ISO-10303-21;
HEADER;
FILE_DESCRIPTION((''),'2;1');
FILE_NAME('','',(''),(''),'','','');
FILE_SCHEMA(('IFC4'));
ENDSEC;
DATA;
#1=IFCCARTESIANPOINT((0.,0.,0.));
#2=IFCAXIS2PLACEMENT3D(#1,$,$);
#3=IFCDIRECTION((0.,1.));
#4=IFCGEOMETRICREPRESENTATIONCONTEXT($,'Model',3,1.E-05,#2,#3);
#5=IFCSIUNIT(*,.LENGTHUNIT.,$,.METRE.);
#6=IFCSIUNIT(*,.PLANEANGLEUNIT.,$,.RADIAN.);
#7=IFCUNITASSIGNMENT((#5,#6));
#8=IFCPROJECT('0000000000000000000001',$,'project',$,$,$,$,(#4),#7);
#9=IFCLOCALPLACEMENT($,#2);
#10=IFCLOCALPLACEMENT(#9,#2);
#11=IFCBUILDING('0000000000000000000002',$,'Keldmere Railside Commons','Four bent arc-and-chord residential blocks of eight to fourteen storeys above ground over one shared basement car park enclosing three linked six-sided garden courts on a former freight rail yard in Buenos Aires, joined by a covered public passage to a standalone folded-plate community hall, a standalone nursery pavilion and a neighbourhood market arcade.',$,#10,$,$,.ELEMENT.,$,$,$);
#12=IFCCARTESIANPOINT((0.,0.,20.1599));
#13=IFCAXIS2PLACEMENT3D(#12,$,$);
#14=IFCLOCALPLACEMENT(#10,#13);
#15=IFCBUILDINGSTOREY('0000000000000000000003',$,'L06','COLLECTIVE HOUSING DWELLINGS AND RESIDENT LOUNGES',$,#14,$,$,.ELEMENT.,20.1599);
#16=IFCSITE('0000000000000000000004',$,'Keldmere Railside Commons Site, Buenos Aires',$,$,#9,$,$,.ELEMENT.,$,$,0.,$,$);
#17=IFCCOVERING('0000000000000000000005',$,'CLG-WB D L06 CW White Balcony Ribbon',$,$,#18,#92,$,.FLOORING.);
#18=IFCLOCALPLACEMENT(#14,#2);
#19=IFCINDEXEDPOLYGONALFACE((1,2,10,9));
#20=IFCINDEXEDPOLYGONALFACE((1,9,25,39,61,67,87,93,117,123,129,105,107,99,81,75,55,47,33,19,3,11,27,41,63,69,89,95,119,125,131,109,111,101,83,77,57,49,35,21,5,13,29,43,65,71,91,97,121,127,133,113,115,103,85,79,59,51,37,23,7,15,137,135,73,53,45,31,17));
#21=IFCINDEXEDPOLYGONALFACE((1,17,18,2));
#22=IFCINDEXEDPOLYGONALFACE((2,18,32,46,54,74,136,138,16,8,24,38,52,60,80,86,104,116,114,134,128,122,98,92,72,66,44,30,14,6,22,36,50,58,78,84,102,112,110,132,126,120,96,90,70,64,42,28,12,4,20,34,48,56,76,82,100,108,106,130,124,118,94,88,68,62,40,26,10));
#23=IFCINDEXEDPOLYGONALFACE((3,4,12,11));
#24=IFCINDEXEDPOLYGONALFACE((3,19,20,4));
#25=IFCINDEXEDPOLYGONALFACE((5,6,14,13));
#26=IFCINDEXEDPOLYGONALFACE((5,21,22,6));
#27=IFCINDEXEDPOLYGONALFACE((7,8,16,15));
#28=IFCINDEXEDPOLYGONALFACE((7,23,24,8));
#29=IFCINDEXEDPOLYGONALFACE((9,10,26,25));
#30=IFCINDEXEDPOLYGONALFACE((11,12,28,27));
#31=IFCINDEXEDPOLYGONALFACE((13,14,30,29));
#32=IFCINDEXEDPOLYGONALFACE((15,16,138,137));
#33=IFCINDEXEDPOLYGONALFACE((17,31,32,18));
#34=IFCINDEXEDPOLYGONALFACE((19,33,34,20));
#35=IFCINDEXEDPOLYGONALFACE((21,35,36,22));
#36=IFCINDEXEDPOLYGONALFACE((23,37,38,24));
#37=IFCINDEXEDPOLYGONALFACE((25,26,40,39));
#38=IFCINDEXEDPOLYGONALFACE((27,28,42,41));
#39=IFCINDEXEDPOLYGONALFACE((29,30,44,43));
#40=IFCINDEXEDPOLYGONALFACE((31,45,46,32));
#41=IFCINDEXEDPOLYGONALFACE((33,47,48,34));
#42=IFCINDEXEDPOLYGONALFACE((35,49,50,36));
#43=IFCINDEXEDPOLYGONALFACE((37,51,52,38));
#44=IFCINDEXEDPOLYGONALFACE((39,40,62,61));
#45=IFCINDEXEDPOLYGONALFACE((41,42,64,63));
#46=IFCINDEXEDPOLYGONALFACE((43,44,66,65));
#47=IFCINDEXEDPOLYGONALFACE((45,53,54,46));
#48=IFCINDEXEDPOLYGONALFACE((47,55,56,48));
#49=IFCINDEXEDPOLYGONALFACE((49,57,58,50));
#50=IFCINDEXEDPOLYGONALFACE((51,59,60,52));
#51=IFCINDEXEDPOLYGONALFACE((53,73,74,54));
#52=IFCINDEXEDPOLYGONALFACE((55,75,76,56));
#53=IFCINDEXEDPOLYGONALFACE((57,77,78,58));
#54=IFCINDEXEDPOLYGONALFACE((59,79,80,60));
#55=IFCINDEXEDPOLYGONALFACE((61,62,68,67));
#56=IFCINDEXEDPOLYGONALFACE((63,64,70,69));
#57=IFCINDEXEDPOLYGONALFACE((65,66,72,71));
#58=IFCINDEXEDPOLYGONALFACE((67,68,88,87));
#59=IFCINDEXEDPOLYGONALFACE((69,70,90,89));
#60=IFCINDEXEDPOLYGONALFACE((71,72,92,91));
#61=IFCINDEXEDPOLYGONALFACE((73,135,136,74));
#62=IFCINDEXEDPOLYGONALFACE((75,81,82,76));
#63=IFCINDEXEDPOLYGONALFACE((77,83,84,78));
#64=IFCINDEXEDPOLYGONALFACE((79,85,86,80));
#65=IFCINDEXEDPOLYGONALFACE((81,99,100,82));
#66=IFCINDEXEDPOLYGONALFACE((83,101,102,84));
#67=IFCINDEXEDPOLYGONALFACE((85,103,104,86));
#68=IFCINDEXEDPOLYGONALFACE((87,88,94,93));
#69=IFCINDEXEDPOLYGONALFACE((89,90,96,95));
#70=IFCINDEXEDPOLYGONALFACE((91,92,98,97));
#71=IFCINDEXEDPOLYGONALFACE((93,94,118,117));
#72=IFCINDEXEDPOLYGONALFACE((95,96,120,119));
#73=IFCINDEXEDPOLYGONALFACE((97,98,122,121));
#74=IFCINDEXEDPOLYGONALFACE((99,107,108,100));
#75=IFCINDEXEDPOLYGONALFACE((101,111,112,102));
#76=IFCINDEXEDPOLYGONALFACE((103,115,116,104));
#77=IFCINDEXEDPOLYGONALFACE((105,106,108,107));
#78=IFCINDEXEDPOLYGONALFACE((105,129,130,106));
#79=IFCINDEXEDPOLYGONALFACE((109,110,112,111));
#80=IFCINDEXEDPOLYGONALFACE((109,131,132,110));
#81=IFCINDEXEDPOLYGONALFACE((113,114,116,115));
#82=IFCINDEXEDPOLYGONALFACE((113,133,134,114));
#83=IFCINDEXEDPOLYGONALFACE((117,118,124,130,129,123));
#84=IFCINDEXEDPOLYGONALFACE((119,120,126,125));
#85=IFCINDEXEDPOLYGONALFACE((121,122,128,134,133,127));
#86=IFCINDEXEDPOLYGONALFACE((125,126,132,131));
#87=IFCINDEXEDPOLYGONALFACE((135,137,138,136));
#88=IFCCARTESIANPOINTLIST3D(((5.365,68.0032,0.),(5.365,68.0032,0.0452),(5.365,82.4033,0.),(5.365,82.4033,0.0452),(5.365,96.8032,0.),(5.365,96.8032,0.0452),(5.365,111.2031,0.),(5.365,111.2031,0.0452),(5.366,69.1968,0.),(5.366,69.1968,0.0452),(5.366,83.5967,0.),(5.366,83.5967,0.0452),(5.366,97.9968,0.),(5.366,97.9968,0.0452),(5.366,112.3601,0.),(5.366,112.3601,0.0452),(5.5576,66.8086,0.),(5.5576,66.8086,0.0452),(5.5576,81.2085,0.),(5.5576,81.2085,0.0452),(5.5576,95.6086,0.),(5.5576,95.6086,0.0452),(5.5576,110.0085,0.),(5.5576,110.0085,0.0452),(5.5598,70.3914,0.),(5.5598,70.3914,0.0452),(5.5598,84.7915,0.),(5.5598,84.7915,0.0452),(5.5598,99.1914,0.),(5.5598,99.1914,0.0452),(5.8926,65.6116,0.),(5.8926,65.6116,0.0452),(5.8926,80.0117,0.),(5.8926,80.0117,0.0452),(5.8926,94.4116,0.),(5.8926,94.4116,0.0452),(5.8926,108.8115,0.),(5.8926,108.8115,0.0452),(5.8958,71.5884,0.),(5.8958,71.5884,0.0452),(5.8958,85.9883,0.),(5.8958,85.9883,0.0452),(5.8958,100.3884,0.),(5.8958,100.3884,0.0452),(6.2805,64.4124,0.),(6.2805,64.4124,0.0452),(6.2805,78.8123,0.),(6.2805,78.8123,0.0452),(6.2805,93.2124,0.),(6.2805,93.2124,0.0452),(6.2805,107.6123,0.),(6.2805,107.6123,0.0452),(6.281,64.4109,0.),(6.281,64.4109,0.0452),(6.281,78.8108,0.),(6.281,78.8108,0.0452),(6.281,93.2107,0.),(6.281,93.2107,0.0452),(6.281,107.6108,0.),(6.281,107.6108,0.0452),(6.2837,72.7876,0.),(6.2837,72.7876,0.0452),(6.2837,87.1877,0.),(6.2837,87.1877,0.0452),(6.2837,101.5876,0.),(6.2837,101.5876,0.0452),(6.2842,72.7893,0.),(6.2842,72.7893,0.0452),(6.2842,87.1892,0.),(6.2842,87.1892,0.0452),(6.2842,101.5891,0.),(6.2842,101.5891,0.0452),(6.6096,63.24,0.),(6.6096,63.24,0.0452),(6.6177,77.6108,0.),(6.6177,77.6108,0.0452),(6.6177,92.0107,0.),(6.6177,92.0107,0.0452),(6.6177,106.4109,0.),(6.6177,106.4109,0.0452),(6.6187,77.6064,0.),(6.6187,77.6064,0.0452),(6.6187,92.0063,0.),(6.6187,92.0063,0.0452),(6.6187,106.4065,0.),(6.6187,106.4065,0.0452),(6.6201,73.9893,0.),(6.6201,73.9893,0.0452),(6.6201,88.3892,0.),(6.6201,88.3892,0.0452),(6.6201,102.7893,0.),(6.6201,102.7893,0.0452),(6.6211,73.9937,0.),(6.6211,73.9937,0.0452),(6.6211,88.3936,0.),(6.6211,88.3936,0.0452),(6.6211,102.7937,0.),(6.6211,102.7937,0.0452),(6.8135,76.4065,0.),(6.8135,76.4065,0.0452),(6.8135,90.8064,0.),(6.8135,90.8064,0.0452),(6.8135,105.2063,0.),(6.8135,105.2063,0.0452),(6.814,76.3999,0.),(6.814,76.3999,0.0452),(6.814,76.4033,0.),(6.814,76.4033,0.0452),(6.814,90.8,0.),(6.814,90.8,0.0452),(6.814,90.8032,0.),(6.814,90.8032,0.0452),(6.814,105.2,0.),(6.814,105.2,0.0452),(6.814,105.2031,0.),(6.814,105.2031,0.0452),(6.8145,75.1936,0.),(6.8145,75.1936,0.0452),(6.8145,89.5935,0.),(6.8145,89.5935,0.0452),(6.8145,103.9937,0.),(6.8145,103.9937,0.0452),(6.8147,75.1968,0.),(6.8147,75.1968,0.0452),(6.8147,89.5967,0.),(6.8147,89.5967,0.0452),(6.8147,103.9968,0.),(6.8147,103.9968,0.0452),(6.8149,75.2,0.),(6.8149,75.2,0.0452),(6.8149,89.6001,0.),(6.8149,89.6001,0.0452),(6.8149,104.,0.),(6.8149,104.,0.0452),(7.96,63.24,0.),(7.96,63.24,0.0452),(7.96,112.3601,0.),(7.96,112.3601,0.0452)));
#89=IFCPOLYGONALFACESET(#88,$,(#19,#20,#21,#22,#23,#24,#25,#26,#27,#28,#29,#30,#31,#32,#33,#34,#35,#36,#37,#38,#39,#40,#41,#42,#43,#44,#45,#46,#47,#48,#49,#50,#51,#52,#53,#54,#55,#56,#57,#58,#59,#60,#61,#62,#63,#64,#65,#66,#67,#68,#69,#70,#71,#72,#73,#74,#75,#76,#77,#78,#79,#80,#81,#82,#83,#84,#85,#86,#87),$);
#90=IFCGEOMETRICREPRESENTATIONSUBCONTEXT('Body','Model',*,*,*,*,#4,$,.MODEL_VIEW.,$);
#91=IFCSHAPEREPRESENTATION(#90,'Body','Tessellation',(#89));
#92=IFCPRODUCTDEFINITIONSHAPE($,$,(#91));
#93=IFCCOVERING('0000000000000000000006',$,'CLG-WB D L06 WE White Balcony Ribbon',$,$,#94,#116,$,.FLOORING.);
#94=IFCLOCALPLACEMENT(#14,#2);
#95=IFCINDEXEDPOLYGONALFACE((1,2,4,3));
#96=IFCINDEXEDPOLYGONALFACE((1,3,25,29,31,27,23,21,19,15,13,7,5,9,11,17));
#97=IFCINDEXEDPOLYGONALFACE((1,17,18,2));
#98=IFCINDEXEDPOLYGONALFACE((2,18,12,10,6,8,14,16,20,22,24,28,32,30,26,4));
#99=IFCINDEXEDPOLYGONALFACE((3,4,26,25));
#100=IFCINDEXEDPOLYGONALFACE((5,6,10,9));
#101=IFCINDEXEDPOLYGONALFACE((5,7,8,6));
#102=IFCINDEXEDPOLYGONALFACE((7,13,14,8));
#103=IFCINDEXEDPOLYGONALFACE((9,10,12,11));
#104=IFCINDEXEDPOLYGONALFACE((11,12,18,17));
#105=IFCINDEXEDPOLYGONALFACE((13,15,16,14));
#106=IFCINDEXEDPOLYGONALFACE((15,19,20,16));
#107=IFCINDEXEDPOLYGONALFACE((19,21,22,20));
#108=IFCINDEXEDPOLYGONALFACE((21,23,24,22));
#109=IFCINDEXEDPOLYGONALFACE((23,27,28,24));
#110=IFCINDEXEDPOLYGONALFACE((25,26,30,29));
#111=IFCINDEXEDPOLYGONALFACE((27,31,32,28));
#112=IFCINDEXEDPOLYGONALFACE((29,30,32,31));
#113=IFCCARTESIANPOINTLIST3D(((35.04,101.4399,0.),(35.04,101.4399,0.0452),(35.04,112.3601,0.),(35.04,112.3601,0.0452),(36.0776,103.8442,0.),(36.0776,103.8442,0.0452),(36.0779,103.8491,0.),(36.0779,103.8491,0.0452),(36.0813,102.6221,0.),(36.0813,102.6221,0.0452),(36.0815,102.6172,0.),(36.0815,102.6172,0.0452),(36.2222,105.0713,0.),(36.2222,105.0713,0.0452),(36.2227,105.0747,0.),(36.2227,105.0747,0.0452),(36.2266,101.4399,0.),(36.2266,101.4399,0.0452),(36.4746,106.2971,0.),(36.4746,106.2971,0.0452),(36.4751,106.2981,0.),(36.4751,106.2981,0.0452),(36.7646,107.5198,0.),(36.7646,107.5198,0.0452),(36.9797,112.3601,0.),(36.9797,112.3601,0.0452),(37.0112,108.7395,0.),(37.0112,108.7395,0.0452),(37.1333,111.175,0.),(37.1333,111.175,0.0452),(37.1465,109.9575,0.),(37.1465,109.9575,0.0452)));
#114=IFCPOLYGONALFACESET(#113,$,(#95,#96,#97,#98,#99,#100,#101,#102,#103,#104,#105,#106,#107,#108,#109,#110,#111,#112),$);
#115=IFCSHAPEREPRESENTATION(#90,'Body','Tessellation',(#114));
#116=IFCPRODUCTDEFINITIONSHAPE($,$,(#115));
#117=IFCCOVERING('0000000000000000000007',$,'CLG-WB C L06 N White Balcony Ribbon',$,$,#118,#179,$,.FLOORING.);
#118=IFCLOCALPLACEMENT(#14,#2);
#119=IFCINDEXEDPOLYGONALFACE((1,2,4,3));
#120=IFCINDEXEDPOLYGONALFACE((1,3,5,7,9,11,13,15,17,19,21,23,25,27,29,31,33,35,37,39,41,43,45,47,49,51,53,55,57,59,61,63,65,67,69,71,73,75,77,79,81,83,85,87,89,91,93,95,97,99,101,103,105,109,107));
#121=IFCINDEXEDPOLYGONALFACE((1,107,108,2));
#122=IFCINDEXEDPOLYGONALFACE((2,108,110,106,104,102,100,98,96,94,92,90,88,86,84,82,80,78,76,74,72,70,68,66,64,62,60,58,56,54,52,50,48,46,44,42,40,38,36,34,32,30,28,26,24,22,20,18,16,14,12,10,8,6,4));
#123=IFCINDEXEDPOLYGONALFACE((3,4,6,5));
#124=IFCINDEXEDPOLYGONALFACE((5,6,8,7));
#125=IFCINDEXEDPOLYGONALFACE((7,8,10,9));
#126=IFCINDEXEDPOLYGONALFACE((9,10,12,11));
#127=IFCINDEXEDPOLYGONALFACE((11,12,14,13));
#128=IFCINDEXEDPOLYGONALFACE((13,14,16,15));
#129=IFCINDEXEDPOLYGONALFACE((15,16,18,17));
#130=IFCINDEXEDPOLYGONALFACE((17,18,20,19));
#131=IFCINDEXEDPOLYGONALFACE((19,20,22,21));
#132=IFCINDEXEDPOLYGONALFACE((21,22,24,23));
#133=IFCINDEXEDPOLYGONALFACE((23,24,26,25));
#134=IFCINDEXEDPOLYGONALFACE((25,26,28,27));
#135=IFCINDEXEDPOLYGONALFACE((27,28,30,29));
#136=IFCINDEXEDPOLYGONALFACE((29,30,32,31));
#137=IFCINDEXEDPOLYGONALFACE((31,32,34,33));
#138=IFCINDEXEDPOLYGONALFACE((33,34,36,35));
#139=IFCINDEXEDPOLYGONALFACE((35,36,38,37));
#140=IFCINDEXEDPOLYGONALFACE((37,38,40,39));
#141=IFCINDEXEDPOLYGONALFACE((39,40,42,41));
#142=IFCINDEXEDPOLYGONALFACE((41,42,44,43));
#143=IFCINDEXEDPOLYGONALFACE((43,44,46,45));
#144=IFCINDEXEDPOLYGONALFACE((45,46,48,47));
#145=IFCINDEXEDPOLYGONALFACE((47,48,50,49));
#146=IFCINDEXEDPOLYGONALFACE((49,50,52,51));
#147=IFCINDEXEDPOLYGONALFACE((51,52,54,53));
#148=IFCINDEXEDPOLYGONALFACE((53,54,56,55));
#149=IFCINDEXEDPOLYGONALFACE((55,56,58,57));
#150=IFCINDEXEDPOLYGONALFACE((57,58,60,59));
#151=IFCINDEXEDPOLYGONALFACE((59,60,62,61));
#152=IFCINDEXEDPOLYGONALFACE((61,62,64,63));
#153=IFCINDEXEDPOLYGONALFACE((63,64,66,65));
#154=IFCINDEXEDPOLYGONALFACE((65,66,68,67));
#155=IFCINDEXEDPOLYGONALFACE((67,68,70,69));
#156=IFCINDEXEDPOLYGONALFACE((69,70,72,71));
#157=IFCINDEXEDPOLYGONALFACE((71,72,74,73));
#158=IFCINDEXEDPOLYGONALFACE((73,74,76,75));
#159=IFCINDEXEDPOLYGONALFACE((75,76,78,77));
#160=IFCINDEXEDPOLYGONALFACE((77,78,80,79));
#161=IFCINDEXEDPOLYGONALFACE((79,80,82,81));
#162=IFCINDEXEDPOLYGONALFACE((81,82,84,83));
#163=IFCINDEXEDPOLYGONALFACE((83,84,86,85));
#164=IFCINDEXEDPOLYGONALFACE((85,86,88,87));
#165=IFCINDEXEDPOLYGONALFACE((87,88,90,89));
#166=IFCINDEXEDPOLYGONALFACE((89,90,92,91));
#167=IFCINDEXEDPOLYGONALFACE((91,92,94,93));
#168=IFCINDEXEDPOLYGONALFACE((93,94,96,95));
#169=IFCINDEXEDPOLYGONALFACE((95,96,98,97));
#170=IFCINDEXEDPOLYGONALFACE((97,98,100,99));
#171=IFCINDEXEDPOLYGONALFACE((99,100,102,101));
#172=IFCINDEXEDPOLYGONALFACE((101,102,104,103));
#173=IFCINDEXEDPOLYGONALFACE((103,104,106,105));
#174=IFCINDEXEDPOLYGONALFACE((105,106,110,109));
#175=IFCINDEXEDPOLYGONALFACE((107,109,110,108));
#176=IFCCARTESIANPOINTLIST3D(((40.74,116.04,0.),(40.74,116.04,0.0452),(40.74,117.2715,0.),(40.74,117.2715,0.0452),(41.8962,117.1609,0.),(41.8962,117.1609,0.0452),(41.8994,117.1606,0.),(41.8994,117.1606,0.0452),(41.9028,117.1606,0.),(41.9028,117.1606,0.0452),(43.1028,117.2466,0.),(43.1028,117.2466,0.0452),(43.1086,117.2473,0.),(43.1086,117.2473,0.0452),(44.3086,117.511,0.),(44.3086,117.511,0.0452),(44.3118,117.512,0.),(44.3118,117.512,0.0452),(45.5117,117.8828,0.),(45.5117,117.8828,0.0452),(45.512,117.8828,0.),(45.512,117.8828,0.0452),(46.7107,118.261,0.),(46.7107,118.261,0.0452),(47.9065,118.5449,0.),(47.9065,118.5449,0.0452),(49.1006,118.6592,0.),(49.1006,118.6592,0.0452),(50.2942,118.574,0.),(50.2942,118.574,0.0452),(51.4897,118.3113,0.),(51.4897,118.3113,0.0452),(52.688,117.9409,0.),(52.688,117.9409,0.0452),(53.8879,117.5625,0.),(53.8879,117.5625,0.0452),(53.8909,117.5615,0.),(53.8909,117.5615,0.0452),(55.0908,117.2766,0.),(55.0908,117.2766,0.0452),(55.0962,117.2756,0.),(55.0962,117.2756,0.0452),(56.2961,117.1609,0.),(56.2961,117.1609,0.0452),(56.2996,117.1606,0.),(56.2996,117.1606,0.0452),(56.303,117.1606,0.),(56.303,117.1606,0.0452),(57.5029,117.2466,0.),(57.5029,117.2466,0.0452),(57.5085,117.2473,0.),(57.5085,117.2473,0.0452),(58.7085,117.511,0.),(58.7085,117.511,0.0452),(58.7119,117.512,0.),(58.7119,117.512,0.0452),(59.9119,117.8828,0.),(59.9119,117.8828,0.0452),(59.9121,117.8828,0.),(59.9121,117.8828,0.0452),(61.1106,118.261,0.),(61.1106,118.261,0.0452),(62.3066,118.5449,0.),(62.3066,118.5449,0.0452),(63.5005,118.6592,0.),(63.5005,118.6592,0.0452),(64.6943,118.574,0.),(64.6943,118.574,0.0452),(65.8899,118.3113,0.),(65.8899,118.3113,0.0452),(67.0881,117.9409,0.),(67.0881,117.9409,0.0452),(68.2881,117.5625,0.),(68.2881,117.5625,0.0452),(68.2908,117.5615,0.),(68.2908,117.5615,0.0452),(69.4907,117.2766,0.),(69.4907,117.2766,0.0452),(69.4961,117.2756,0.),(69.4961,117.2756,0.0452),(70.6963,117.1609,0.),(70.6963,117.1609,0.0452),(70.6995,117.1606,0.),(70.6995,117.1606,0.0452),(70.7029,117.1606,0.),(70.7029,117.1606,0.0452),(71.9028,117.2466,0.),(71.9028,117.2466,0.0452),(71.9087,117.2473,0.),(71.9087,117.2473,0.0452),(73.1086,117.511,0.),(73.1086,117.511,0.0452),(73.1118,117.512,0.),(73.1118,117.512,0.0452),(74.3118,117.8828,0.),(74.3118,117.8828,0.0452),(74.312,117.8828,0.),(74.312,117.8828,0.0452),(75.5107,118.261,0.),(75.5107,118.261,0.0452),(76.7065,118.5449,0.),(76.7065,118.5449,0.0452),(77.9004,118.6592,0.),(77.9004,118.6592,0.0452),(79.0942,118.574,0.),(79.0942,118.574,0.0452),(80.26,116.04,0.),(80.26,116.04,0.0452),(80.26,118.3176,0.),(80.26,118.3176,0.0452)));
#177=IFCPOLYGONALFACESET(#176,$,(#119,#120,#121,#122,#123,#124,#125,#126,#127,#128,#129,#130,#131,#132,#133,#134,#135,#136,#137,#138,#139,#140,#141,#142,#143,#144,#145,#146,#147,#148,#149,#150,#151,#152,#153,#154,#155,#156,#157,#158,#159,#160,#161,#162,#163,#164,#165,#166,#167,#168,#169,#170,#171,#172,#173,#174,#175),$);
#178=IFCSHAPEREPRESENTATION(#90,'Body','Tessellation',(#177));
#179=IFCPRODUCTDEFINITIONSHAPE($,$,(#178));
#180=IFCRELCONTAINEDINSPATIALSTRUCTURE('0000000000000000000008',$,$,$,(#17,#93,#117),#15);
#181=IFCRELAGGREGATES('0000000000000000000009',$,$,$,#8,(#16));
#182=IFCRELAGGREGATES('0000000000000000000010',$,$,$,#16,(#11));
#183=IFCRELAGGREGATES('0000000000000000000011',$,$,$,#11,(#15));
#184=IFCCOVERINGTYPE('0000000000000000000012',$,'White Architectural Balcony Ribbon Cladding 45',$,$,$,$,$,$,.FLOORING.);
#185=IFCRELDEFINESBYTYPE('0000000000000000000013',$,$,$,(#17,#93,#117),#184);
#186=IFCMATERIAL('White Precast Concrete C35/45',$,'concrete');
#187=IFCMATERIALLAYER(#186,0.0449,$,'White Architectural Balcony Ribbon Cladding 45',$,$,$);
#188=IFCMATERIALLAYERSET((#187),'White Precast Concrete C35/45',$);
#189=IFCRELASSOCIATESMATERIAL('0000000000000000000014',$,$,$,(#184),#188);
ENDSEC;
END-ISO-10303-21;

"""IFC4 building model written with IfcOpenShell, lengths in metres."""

from ifc_helpers import new_model, si_unit, direction, frame, origin, place, context, subcontext, project, spatial, polyline, outline, extrude, material, layer, layer_set, type_object, element, save


model = new_model("IFC4")

# Units and contexts
model_context = context("Model", 3, precision=1e-05, world=origin(), true_north=direction((0.0, 1.0)))
body_context = subcontext(model_context, "Body", "Model", "MODEL_VIEW")
ifc_project = project(units=[si_unit("LENGTHUNIT", "METRE"), si_unit("PLANEANGLEUNIT", "RADIAN")], contexts=[model_context])

# Site, building, storey
site_placement = place(None, origin())
site = spatial("IfcSite", under=ifc_project, at=site_placement, Name="Keldmere Railside Commons Site, Buenos Aires", CompositionType="ELEMENT", RefElevation=0.0)
building_placement = place(site_placement, origin())
building = spatial("IfcBuilding", under=site, at=building_placement, Name="Keldmere Railside Commons", Description="Four bent arc-and-chord residential blocks of eight to fourteen storeys above ground over one shared basement car park enclosing three linked six-sided garden courts on a former freight rail yard in Buenos Aires, joined by a covered public passage to a standalone folded-plate community hall, a standalone nursery pavilion and a neighbourhood market arcade.", CompositionType="ELEMENT")
storey_placement = place(building_placement, frame((0.0, 0.0, 20.1599)))
storey = spatial("IfcBuildingStorey", under=building, at=storey_placement, Name="L06", Description="COLLECTIVE HOUSING DWELLINGS AND RESIDENT LOUNGES", CompositionType="ELEMENT", Elevation=20.1599)

# Coverings
ifc_material_1 = material(Name="White Precast Concrete C35/45", Category="concrete")
ifc_layer_1 = layer(ifc_material_1, 0.0449, Name="White Architectural Balcony Ribbon Cladding 45")
ifc_layer_set_1 = layer_set([ifc_layer_1], Name="White Precast Concrete C35/45")
covering_type_1 = type_object("IfcCoveringType", Name="White Architectural Balcony Ribbon Cladding 45", PredefinedType="FLOORING", material=ifc_layer_set_1)
covering_1_placement = place(storey_placement, origin())
element("IfcCovering", 1, at=covering_1_placement, inside=storey, type_object=covering_type_1, Name="CLG-WB D L06 CW White Balcony Ribbon", PredefinedType="FLOORING", context=body_context, shape_type="SweptSolid", body=[
    extrude(outline(polyline([(7.96, 112.3601), (5.366, 112.3601), (5.365, 111.2031), (5.5576, 110.0085), (5.8926, 108.8115), (6.2805, 107.6123), (6.281, 107.6108), (6.6177, 106.4109), (6.6187, 106.4065), (6.8135, 105.2063), (6.814, 105.2031), (6.814, 105.2), (6.8149, 104.0), (6.8147, 103.9968), (6.8145, 103.9937), (6.6211, 102.7937), (6.6201, 102.7893), (6.2842, 101.5891), (6.2837, 101.5876), (5.8958, 100.3884), (5.5598, 99.1914), (5.366, 97.9968), (5.365, 96.8032), (5.5576, 95.6086), (5.8926, 94.4116), (6.2805, 93.2124), (6.281, 93.2107), (6.6177, 92.0107), (6.6187, 92.0063), (6.8135, 90.8064), (6.814, 90.8032), (6.814, 90.8), (6.8149, 89.6001), (6.8147, 89.5967), (6.8145, 89.5935), (6.6211, 88.3936), (6.6201, 88.3892), (6.2842, 87.1892), (6.2837, 87.1877), (5.8958, 85.9883), (5.5598, 84.7915), (5.366, 83.5967), (5.365, 82.4033), (5.5576, 81.2085), (5.8926, 80.0117), (6.2805, 78.8123), (6.281, 78.8108), (6.6177, 77.6108), (6.6187, 77.6064), (6.8135, 76.4065), (6.814, 76.4033), (6.814, 76.3999), (6.8149, 75.2), (6.8147, 75.1968), (6.8145, 75.1936), (6.6211, 73.9937), (6.6201, 73.9893), (6.2842, 72.7893), (6.2837, 72.7876), (5.8958, 71.5884), (5.5598, 70.3914), (5.366, 69.1968), (5.365, 68.0032), (5.5576, 66.8086), (5.8926, 65.6116), (6.2805, 64.4124), (6.281, 64.4109), (6.6096, 63.24), (7.96, 63.24), (7.96, 112.3601)])), origin(), (0.0, 0.0, 1.0), 0.0452),
])
covering_2_placement = place(storey_placement, origin())
element("IfcCovering", 2, at=covering_2_placement, inside=storey, type_object=covering_type_1, Name="CLG-WB D L06 WE White Balcony Ribbon", PredefinedType="FLOORING", context=body_context, shape_type="SweptSolid", body=[
    extrude(outline(polyline([(36.0815, 102.6172), (36.0813, 102.6221), (36.0776, 103.8442), (36.0779, 103.8491), (36.2222, 105.0713), (36.2227, 105.0747), (36.4746, 106.2971), (36.4751, 106.2981), (36.7646, 107.5198), (37.0112, 108.7395), (37.1465, 109.9575), (37.1333, 111.175), (36.9797, 112.3601), (35.04, 112.3601), (35.04, 101.4399), (36.2266, 101.4399), (36.0815, 102.6172)])), origin(), (0.0, 0.0, 1.0), 0.0452),
])
covering_3_placement = place(storey_placement, origin())
element("IfcCovering", 3, at=covering_3_placement, inside=storey, type_object=covering_type_1, Name="CLG-WB C L06 N White Balcony Ribbon", PredefinedType="FLOORING", context=body_context, shape_type="SweptSolid", body=[
    extrude(outline(polyline([(80.26, 116.04), (80.26, 118.3176), (79.0942, 118.574), (77.9004, 118.6592), (76.7065, 118.5449), (75.5107, 118.261), (74.312, 117.8828), (74.3118, 117.8828), (73.1118, 117.512), (73.1086, 117.511), (71.9087, 117.2473), (71.9028, 117.2466), (70.7029, 117.1606), (70.6995, 117.1606), (70.6963, 117.1609), (69.4961, 117.2756), (69.4907, 117.2766), (68.2908, 117.5615), (68.2881, 117.5625), (67.0881, 117.9409), (65.8899, 118.3113), (64.6943, 118.574), (63.5005, 118.6592), (62.3066, 118.5449), (61.1106, 118.261), (59.9121, 117.8828), (59.9119, 117.8828), (58.7119, 117.512), (58.7085, 117.511), (57.5085, 117.2473), (57.5029, 117.2466), (56.303, 117.1606), (56.2996, 117.1606), (56.2961, 117.1609), (55.0962, 117.2756), (55.0908, 117.2766), (53.8909, 117.5615), (53.8879, 117.5625), (52.688, 117.9409), (51.4897, 118.3113), (50.2942, 118.574), (49.1006, 118.6592), (47.9065, 118.5449), (46.7107, 118.261), (45.512, 117.8828), (45.5117, 117.8828), (44.3118, 117.512), (44.3086, 117.511), (43.1086, 117.2473), (43.1028, 117.2466), (41.9028, 117.1606), (41.8994, 117.1606), (41.8962, 117.1609), (40.74, 117.2715), (40.74, 116.04), (80.26, 116.04)])), origin(), (0.0, 0.0, 1.0), 0.0452),
])

save(model, "model.ifc")
